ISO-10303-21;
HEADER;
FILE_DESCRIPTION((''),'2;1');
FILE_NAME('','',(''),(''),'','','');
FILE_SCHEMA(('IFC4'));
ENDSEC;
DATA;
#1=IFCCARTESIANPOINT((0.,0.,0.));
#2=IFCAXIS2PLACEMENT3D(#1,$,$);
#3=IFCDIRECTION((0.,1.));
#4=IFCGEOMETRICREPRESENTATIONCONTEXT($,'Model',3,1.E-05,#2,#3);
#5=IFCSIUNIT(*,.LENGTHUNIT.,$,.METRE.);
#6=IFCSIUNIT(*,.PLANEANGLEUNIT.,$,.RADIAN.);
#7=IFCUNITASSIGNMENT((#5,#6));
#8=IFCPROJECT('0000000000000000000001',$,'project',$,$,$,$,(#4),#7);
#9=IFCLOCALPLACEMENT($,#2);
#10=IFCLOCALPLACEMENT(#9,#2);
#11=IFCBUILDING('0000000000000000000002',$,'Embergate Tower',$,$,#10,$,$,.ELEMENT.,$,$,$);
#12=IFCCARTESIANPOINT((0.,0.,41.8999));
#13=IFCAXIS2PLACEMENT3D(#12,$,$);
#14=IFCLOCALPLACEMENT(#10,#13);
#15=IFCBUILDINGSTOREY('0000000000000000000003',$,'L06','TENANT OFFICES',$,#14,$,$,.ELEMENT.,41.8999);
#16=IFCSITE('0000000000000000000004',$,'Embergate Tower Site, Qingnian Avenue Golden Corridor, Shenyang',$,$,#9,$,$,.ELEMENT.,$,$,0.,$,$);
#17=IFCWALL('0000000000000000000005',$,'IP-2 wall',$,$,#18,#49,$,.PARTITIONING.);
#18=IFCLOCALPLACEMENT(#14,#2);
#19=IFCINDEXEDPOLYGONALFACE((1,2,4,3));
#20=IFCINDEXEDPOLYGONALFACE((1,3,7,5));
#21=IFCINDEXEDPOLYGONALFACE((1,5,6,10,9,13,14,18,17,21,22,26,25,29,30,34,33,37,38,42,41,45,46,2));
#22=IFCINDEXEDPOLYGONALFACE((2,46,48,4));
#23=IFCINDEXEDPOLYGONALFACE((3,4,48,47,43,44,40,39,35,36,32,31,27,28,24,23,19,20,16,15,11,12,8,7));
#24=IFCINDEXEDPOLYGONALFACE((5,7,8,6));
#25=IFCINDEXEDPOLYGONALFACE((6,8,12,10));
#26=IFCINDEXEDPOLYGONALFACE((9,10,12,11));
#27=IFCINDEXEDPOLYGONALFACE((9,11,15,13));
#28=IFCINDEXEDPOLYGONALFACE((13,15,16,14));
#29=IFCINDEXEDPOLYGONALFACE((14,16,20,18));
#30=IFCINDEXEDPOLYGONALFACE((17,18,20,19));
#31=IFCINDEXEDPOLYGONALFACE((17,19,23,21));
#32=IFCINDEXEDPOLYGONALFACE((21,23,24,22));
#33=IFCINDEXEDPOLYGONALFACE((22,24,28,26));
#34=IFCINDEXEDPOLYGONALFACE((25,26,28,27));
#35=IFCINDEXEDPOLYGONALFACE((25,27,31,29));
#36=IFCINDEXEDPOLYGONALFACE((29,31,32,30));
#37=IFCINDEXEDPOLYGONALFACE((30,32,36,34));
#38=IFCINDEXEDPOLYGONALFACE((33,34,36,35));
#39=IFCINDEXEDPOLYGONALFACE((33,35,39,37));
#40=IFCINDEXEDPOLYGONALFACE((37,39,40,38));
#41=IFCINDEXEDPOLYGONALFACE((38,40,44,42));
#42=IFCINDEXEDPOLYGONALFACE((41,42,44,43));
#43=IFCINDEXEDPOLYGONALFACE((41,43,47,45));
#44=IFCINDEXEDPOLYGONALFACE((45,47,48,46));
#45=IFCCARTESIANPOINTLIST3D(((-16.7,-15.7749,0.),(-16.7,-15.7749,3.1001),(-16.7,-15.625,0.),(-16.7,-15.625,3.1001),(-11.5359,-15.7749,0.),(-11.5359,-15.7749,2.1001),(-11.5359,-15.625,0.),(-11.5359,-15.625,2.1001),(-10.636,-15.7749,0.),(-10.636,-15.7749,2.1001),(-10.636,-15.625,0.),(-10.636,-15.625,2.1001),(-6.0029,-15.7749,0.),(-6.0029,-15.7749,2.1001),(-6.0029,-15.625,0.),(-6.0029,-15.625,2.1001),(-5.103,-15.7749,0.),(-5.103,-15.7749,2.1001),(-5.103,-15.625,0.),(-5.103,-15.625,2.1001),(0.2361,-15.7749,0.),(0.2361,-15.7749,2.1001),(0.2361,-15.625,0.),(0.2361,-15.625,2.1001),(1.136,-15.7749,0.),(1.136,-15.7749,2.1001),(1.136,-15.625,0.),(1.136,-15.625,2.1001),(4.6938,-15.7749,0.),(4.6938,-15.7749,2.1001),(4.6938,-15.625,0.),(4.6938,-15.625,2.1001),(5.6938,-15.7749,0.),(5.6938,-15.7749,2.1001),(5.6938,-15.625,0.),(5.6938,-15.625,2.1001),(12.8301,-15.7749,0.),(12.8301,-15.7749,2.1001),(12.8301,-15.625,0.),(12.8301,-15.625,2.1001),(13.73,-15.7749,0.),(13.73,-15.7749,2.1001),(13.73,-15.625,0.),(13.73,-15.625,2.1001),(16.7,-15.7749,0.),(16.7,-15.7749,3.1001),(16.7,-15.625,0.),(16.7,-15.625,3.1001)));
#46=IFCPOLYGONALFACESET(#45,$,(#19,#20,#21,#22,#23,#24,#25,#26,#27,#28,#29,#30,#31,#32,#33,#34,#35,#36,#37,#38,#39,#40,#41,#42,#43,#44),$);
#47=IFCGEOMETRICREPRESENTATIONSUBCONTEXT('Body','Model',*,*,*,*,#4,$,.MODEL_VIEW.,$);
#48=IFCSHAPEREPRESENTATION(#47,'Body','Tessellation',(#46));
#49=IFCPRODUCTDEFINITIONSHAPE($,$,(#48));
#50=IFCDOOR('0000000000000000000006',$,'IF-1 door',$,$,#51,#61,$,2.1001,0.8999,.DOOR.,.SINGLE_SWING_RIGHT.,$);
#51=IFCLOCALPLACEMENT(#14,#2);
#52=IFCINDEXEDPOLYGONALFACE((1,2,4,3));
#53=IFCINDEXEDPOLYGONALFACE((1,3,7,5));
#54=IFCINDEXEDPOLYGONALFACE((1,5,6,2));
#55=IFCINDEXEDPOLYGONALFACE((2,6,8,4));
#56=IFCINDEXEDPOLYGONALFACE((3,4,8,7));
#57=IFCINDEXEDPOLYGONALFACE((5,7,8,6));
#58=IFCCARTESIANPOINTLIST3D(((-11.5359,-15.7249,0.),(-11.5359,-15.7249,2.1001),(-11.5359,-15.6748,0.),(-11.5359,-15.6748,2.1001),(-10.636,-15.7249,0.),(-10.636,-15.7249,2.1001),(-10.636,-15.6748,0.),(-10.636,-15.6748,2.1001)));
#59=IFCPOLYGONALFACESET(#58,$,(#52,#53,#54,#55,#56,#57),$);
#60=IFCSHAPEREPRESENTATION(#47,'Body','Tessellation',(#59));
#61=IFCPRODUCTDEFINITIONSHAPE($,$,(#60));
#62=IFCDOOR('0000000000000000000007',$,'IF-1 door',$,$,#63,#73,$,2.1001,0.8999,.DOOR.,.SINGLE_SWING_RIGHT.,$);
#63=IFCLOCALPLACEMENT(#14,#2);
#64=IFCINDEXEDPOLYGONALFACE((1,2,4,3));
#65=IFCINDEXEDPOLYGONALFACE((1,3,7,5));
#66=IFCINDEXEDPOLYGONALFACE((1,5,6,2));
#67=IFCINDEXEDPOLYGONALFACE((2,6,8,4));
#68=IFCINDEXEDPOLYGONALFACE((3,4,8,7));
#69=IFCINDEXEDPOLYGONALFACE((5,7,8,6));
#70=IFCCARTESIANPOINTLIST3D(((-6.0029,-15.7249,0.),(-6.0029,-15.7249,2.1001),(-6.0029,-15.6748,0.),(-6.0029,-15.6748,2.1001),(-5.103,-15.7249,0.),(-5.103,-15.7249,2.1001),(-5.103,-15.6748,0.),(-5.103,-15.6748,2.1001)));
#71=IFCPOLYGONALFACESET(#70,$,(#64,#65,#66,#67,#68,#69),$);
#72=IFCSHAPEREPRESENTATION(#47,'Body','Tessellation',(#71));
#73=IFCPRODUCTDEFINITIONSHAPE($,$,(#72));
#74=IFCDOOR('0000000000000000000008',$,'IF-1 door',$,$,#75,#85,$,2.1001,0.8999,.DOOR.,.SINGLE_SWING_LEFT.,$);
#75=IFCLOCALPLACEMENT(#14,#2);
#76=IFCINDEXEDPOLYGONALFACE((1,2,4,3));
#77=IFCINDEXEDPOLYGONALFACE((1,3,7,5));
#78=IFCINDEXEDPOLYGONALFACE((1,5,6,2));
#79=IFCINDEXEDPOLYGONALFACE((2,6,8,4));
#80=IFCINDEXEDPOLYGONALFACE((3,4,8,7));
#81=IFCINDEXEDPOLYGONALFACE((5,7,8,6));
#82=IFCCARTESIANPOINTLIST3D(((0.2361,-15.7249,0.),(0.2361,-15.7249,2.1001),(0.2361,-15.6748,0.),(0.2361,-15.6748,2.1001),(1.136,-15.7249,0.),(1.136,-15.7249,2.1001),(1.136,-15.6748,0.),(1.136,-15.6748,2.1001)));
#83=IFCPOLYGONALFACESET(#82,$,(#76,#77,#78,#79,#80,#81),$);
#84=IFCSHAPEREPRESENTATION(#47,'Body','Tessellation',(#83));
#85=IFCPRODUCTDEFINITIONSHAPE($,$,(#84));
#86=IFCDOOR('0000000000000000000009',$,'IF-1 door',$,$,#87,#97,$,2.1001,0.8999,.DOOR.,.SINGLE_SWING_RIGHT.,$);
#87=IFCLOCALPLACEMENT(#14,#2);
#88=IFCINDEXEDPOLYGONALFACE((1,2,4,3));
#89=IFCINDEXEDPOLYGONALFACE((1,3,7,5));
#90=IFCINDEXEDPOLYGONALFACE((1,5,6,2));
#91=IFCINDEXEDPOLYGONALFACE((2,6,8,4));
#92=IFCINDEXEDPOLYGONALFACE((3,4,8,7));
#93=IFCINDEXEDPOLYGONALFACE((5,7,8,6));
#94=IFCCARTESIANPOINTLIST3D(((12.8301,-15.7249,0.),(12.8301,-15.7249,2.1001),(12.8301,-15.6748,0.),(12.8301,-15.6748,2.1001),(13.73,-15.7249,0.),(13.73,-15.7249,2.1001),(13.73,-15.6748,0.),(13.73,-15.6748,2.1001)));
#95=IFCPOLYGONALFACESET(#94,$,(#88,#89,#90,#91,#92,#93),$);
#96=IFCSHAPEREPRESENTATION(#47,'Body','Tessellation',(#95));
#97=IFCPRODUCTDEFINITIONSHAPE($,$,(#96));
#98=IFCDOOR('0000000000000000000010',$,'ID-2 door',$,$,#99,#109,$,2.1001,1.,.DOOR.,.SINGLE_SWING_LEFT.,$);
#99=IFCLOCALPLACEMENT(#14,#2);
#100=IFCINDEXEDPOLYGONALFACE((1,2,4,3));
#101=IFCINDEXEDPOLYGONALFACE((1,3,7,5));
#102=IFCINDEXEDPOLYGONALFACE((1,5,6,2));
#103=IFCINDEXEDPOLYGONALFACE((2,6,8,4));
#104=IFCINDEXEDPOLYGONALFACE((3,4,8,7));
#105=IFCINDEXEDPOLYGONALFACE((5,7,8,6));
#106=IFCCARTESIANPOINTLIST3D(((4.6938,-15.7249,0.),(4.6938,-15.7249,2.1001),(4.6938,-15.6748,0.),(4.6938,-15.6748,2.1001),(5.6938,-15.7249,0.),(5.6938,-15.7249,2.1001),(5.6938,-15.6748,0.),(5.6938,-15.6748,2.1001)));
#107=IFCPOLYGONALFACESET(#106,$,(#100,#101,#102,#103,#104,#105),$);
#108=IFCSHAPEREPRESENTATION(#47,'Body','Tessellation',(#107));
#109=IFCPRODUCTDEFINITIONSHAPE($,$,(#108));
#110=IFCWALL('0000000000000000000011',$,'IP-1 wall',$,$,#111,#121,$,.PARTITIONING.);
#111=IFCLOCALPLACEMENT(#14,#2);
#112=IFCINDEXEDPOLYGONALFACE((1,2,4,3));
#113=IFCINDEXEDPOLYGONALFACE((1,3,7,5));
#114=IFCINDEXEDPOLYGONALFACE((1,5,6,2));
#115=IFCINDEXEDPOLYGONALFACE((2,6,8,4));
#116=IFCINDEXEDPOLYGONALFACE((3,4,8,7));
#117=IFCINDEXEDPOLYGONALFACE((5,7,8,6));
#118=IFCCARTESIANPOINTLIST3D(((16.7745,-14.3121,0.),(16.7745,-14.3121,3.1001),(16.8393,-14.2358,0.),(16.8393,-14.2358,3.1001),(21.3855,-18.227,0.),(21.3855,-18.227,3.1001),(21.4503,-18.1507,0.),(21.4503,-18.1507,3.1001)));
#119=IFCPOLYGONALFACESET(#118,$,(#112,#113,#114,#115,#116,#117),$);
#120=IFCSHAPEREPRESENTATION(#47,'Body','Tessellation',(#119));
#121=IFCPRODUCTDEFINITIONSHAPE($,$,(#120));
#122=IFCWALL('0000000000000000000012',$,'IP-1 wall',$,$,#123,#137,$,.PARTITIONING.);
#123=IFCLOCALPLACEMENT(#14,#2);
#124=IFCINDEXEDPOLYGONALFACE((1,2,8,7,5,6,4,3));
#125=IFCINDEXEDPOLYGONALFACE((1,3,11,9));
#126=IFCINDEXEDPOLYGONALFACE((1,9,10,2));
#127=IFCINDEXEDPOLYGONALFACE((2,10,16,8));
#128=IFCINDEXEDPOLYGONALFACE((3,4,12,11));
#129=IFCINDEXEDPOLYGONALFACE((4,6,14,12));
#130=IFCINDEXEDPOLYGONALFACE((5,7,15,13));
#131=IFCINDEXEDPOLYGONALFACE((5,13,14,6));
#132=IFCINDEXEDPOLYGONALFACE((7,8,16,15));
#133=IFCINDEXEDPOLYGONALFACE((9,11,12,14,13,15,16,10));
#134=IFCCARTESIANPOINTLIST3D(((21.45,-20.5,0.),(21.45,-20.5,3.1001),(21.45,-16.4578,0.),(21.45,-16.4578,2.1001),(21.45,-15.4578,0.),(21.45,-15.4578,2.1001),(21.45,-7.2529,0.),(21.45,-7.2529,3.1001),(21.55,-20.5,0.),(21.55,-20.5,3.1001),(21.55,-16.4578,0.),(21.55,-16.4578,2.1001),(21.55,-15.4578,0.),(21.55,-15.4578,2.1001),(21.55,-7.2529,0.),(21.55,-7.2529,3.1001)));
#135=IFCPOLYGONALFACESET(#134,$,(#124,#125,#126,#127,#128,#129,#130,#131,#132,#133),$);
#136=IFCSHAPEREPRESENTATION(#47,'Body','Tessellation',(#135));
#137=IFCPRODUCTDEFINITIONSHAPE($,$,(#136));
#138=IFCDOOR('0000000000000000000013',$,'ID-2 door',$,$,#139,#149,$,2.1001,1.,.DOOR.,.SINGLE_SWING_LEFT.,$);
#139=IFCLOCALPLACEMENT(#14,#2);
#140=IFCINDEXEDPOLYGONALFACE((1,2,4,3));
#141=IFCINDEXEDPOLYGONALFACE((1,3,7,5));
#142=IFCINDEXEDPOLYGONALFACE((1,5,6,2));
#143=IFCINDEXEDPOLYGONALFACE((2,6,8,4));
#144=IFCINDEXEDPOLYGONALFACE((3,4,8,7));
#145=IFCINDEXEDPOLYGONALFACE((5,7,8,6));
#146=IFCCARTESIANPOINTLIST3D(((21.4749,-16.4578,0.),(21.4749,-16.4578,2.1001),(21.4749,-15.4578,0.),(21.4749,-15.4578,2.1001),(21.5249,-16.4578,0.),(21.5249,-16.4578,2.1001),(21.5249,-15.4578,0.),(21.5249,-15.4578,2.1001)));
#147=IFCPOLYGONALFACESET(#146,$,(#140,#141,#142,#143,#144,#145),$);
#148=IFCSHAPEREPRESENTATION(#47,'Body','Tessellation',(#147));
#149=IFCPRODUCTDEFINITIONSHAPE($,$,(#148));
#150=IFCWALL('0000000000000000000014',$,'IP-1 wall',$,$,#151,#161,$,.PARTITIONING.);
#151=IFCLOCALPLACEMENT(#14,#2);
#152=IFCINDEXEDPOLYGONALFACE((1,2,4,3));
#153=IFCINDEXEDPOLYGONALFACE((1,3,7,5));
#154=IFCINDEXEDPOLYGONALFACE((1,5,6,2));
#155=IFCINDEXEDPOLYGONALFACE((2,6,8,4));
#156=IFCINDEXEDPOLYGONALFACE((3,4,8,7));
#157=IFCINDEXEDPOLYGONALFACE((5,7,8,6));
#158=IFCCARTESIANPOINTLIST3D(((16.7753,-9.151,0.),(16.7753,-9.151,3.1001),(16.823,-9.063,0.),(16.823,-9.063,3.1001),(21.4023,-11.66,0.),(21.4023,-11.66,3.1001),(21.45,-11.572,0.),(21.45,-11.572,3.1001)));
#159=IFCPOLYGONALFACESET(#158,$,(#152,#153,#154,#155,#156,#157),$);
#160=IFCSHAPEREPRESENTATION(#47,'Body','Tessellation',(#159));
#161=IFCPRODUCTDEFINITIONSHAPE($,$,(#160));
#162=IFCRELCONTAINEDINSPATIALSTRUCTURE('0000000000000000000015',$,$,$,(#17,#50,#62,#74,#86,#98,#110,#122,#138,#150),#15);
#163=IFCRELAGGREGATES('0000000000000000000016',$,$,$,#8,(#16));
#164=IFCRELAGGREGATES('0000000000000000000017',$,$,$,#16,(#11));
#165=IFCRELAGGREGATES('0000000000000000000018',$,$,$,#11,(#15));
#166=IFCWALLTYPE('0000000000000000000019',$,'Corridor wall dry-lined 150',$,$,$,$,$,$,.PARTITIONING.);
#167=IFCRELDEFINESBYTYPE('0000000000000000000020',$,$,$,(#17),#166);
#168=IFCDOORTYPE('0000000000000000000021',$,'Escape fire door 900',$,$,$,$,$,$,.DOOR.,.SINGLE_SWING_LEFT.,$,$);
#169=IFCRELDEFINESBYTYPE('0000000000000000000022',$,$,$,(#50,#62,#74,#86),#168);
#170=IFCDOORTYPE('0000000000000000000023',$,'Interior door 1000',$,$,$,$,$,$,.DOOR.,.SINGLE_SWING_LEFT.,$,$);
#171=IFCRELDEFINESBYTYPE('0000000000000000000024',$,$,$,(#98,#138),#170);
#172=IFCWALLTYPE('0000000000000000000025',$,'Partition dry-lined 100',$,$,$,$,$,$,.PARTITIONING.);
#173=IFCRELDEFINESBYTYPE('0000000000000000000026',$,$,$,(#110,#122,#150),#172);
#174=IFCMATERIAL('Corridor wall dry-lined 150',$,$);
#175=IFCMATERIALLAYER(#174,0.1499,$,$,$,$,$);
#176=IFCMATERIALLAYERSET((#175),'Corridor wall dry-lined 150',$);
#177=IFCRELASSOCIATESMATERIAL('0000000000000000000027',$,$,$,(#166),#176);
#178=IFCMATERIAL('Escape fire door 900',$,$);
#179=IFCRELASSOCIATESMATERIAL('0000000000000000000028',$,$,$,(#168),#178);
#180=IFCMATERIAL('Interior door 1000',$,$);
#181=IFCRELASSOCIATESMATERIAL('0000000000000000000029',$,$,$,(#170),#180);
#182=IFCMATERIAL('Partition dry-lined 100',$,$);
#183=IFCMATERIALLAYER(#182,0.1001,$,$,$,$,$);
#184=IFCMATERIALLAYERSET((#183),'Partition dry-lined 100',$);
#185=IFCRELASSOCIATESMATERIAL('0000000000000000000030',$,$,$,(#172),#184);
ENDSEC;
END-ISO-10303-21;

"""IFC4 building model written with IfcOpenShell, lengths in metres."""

from ifc_helpers import new_model, si_unit, direction, frame, frame_2d, origin, place, context, subcontext, project, spatial, rectangle, extrude, source, transform, mapped, material, layer, layer_set, type_object, element, fill, save


model = new_model("IFC4")

# Units and contexts
model_context = context("Model", 3, precision=1e-05, world=origin(), true_north=direction((0.0, 1.0)))
body_context = subcontext(model_context, "Body", "Model", "MODEL_VIEW")
ifc_project = project(units=[si_unit("LENGTHUNIT", "METRE"), si_unit("PLANEANGLEUNIT", "RADIAN")], contexts=[model_context])

# Site, building, storey
site_placement = place(None, origin())
site = spatial("IfcSite", under=ifc_project, at=site_placement, Name="Embergate Tower Site, Qingnian Avenue Golden Corridor, Shenyang", CompositionType="ELEMENT", RefElevation=0.0)
building_placement = place(site_placement, origin())
building = spatial("IfcBuilding", under=site, at=building_placement, Name="Embergate Tower", CompositionType="ELEMENT")
storey_placement = place(building_placement, frame((0.0, 0.0, 41.8999)))
storey = spatial("IfcBuildingStorey", under=building, at=storey_placement, Name="L06", Description="TENANT OFFICES", CompositionType="ELEMENT", Elevation=41.8999)

# Wall, openings, doors
ifc_material_1 = material(Name="Corridor wall dry-lined 150")
ifc_layer_1 = layer(ifc_material_1, 0.1499)
ifc_layer_set_1 = layer_set([ifc_layer_1], Name="Corridor wall dry-lined 150")
wall_type_1 = type_object("IfcWallType", Name="Corridor wall dry-lined 150", PredefinedType="PARTITIONING", material=ifc_layer_set_1)
shared_shape_1 = source(origin(), body_context, "Body", "SweptSolid", [
    extrude(rectangle(XDim=33.3999, YDim=0.1499, at=frame_2d((16.7, 0.0))), origin(), (0.0, 0.0, 1.0), 3.1001),
])
wall_1_placement = place(storey_placement, frame((16.7, -15.7, 0.0), z_axis=(0.0, 0.0, 1.0), x_axis=(-1.0, 0.0, 0.0)))
wall_1 = element("IfcWall", 1, at=wall_1_placement, inside=storey, type_object=wall_type_1, Name="IP-2 wall", PredefinedType="PARTITIONING", context=body_context, shape_type="MappedRepresentation", body=[
    mapped(shared_shape_1, transform((0.0, 0.0, 0.0))),
])
shared_shape_2 = source(origin(), body_context, "Body", "SweptSolid", [
    extrude(rectangle(XDim=0.8999, YDim=2.1001, at=frame_2d((0.45, 1.05))), frame((0.0, 0.085, 0.0), z_axis=(0.0, -1.0, 0.0), x_axis=(1.0, 0.0, 0.0)), (0.0, 0.0, 1.0), 0.1699),
])
opening_1_placement = place(wall_1_placement, frame((27.3359, 0.0, 0.0)))
opening_1 = element("IfcOpeningElement", 2, at=opening_1_placement, cuts=wall_1, PredefinedType="OPENING", context=body_context, shape_type="MappedRepresentation", body=[
    mapped(shared_shape_2, transform((0.0, 0.0, 0.0))),
])
opening_2_placement = place(wall_1_placement, frame((21.803, 0.0, 0.0)))
opening_2 = element("IfcOpeningElement", 3, at=opening_2_placement, cuts=wall_1, PredefinedType="OPENING", context=body_context, shape_type="MappedRepresentation", body=[
    mapped(shared_shape_2, transform((0.0, 0.0, 0.0))),
])
opening_3_placement = place(wall_1_placement, frame((15.564, 0.0, 0.0)))
opening_3 = element("IfcOpeningElement", 4, at=opening_3_placement, cuts=wall_1, PredefinedType="OPENING", context=body_context, shape_type="MappedRepresentation", body=[
    mapped(shared_shape_2, transform((0.0, 0.0, 0.0))),
])
shared_shape_3 = source(origin(), body_context, "Body", "SweptSolid", [
    extrude(rectangle(XDim=1.0, YDim=2.1001, at=frame_2d((0.5, 1.05))), frame((0.0, 0.085, 0.0), z_axis=(0.0, -1.0, 0.0), x_axis=(1.0, 0.0, 0.0)), (0.0, 0.0, 1.0), 0.1699),
])
opening_4_placement = place(wall_1_placement, frame((11.0061, 0.0, 0.0)))
opening_4 = element("IfcOpeningElement", 5, at=opening_4_placement, cuts=wall_1, PredefinedType="OPENING", context=body_context, shape_type="MappedRepresentation", body=[
    mapped(shared_shape_3, transform((0.0, 0.0, 0.0))),
])
opening_5_placement = place(wall_1_placement, frame((2.97, 0.0, 0.0)))
opening_5 = element("IfcOpeningElement", 6, at=opening_5_placement, cuts=wall_1, PredefinedType="OPENING", context=body_context, shape_type="MappedRepresentation", body=[
    mapped(shared_shape_2, transform((0.0, 0.0, 0.0))),
])
ifc_material_2 = material(Name="Escape fire door 900")
door_type_1 = type_object("IfcDoorType", Name="Escape fire door 900", OperationType="SINGLE_SWING_LEFT", PredefinedType="DOOR", material=ifc_material_2)
shared_shape_4 = source(origin(), body_context, "Body", "SweptSolid", [
    extrude(rectangle(XDim=0.8999, YDim=2.1001, at=frame_2d((0.45, 1.05))), frame((0.0, 0.0249, 0.0), z_axis=(0.0, -1.0, 0.0), x_axis=(1.0, 0.0, 0.0)), (0.0, 0.0, 1.0), 0.05),
])
door_1_placement = place(opening_1_placement, origin())
door_1 = element("IfcDoor", 7, at=door_1_placement, inside=storey, type_object=door_type_1, Name="IF-1 door", OperationType="SINGLE_SWING_RIGHT", OverallHeight=2.1001, OverallWidth=0.8999, PredefinedType="DOOR", context=body_context, shape_type="MappedRepresentation", body=[
    mapped(shared_shape_4, transform((0.0, 0.0, 0.0))),
])
fill(opening_1, door_1)
door_2_placement = place(opening_2_placement, origin())
door_2 = element("IfcDoor", 8, at=door_2_placement, inside=storey, type_object=door_type_1, Name="IF-1 door", OperationType="SINGLE_SWING_RIGHT", OverallHeight=2.1001, OverallWidth=0.8999, PredefinedType="DOOR", context=body_context, shape_type="MappedRepresentation", body=[
    mapped(shared_shape_4, transform((0.0, 0.0, 0.0))),
])
fill(opening_2, door_2)
door_3_placement = place(opening_3_placement, origin())
door_3 = element("IfcDoor", 9, at=door_3_placement, inside=storey, type_object=door_type_1, Name="IF-1 door", OperationType="SINGLE_SWING_LEFT", OverallHeight=2.1001, OverallWidth=0.8999, PredefinedType="DOOR", context=body_context, shape_type="MappedRepresentation", body=[
    mapped(shared_shape_4, transform((0.0, 0.0, 0.0))),
])
fill(opening_3, door_3)
door_4_placement = place(opening_5_placement, origin())
door_4 = element("IfcDoor", 10, at=door_4_placement, inside=storey, type_object=door_type_1, Name="IF-1 door", OperationType="SINGLE_SWING_RIGHT", OverallHeight=2.1001, OverallWidth=0.8999, PredefinedType="DOOR", context=body_context, shape_type="MappedRepresentation", body=[
    mapped(shared_shape_4, transform((0.0, 0.0, 0.0))),
])
fill(opening_5, door_4)
ifc_material_3 = material(Name="Interior door 1000")
door_type_2 = type_object("IfcDoorType", Name="Interior door 1000", OperationType="SINGLE_SWING_LEFT", PredefinedType="DOOR", material=ifc_material_3)
shared_shape_5 = source(origin(), body_context, "Body", "SweptSolid", [
    extrude(rectangle(XDim=1.0, YDim=2.1001, at=frame_2d((0.5, 1.05))), frame((0.0, 0.0249, 0.0), z_axis=(0.0, -1.0, 0.0), x_axis=(1.0, 0.0, 0.0)), (0.0, 0.0, 1.0), 0.05),
])
door_5_placement = place(opening_4_placement, origin())
door_5 = element("IfcDoor", 11, at=door_5_placement, inside=storey, type_object=door_type_2, Name="ID-2 door", OperationType="SINGLE_SWING_LEFT", OverallHeight=2.1001, OverallWidth=1.0, PredefinedType="DOOR", context=body_context, shape_type="MappedRepresentation", body=[
    mapped(shared_shape_5, transform((0.0, 0.0, 0.0))),
])
fill(opening_4, door_5)

# Wall
ifc_material_4 = material(Name="Partition dry-lined 100")
ifc_layer_2 = layer(ifc_material_4, 0.1001)
ifc_layer_set_2 = layer_set([ifc_layer_2], Name="Partition dry-lined 100")
wall_type_2 = type_object("IfcWallType", Name="Partition dry-lined 100", PredefinedType="PARTITIONING", material=ifc_layer_set_2)
shared_shape_6 = source(origin(), body_context, "Body", "SweptSolid", [
    extrude(rectangle(XDim=6.0488, YDim=0.1001, at=frame_2d((3.0244, 0.0))), origin(), (0.0, 0.0, 1.0), 3.1001),
])
wall_2_placement = place(storey_placement, frame((16.8069, -14.2739, 0.0), z_axis=(0.0, 0.0, 1.0), x_axis=(0.762297, -0.647228, 0.0)))
element("IfcWall", 12, at=wall_2_placement, inside=storey, type_object=wall_type_2, Name="IP-1 wall", PredefinedType="PARTITIONING", context=body_context, shape_type="MappedRepresentation", body=[
    mapped(shared_shape_6, transform((0.0, 0.0, 0.0))),
])

# Wall, opening, door
shared_shape_7 = source(origin(), body_context, "Body", "SweptSolid", [
    extrude(rectangle(XDim=13.2471, YDim=0.1001, at=frame_2d((6.6235, 0.0))), origin(), (0.0, 0.0, 1.0), 3.1001),
])
wall_3_placement = place(storey_placement, frame((21.5, -7.2529, 0.0), z_axis=(0.0, 0.0, 1.0), x_axis=(0.0, -1.0, 0.0)))
wall_3 = element("IfcWall", 13, at=wall_3_placement, inside=storey, type_object=wall_type_2, Name="IP-1 wall", PredefinedType="PARTITIONING", context=body_context, shape_type="MappedRepresentation", body=[
    mapped(shared_shape_7, transform((0.0, 0.0, 0.0))),
])
shared_shape_8 = source(origin(), body_context, "Body", "SweptSolid", [
    extrude(rectangle(XDim=1.0, YDim=2.1001, at=frame_2d((0.5, 1.05))), frame((0.0, 0.0601, 0.0), z_axis=(0.0, -1.0, 0.0), x_axis=(1.0, 0.0, 0.0)), (0.0, 0.0, 1.0), 0.1201),
])
opening_6_placement = place(wall_3_placement, frame((8.2048, 0.0, 0.0)))
opening_6 = element("IfcOpeningElement", 14, at=opening_6_placement, cuts=wall_3, PredefinedType="OPENING", context=body_context, shape_type="MappedRepresentation", body=[
    mapped(shared_shape_8, transform((0.0, 0.0, 0.0))),
])
door_6_placement = place(opening_6_placement, origin())
door_6 = element("IfcDoor", 15, at=door_6_placement, inside=storey, type_object=door_type_2, Name="ID-2 door", OperationType="SINGLE_SWING_LEFT", OverallHeight=2.1001, OverallWidth=1.0, PredefinedType="DOOR", context=body_context, shape_type="MappedRepresentation", body=[
    mapped(shared_shape_5, transform((0.0, 0.0, 0.0))),
])
fill(opening_6, door_6)

# Wall
shared_shape_9 = source(origin(), body_context, "Body", "SweptSolid", [
    extrude(rectangle(XDim=5.2634, YDim=0.1001, at=frame_2d((2.6318, 0.0))), origin(), (0.0, 0.0, 1.0), 3.1001),
])
wall_4_placement = place(storey_placement, frame((16.7991, -9.1069, 0.0), z_axis=(0.0, 0.0, 1.0), x_axis=(0.879072, -0.47669, 0.0)))
element("IfcWall", 16, at=wall_4_placement, inside=storey, type_object=wall_type_2, Name="IP-1 wall", PredefinedType="PARTITIONING", context=body_context, shape_type="MappedRepresentation", body=[
    mapped(shared_shape_9, transform((0.0, 0.0, 0.0))),
])

save(model, "model.ifc")
